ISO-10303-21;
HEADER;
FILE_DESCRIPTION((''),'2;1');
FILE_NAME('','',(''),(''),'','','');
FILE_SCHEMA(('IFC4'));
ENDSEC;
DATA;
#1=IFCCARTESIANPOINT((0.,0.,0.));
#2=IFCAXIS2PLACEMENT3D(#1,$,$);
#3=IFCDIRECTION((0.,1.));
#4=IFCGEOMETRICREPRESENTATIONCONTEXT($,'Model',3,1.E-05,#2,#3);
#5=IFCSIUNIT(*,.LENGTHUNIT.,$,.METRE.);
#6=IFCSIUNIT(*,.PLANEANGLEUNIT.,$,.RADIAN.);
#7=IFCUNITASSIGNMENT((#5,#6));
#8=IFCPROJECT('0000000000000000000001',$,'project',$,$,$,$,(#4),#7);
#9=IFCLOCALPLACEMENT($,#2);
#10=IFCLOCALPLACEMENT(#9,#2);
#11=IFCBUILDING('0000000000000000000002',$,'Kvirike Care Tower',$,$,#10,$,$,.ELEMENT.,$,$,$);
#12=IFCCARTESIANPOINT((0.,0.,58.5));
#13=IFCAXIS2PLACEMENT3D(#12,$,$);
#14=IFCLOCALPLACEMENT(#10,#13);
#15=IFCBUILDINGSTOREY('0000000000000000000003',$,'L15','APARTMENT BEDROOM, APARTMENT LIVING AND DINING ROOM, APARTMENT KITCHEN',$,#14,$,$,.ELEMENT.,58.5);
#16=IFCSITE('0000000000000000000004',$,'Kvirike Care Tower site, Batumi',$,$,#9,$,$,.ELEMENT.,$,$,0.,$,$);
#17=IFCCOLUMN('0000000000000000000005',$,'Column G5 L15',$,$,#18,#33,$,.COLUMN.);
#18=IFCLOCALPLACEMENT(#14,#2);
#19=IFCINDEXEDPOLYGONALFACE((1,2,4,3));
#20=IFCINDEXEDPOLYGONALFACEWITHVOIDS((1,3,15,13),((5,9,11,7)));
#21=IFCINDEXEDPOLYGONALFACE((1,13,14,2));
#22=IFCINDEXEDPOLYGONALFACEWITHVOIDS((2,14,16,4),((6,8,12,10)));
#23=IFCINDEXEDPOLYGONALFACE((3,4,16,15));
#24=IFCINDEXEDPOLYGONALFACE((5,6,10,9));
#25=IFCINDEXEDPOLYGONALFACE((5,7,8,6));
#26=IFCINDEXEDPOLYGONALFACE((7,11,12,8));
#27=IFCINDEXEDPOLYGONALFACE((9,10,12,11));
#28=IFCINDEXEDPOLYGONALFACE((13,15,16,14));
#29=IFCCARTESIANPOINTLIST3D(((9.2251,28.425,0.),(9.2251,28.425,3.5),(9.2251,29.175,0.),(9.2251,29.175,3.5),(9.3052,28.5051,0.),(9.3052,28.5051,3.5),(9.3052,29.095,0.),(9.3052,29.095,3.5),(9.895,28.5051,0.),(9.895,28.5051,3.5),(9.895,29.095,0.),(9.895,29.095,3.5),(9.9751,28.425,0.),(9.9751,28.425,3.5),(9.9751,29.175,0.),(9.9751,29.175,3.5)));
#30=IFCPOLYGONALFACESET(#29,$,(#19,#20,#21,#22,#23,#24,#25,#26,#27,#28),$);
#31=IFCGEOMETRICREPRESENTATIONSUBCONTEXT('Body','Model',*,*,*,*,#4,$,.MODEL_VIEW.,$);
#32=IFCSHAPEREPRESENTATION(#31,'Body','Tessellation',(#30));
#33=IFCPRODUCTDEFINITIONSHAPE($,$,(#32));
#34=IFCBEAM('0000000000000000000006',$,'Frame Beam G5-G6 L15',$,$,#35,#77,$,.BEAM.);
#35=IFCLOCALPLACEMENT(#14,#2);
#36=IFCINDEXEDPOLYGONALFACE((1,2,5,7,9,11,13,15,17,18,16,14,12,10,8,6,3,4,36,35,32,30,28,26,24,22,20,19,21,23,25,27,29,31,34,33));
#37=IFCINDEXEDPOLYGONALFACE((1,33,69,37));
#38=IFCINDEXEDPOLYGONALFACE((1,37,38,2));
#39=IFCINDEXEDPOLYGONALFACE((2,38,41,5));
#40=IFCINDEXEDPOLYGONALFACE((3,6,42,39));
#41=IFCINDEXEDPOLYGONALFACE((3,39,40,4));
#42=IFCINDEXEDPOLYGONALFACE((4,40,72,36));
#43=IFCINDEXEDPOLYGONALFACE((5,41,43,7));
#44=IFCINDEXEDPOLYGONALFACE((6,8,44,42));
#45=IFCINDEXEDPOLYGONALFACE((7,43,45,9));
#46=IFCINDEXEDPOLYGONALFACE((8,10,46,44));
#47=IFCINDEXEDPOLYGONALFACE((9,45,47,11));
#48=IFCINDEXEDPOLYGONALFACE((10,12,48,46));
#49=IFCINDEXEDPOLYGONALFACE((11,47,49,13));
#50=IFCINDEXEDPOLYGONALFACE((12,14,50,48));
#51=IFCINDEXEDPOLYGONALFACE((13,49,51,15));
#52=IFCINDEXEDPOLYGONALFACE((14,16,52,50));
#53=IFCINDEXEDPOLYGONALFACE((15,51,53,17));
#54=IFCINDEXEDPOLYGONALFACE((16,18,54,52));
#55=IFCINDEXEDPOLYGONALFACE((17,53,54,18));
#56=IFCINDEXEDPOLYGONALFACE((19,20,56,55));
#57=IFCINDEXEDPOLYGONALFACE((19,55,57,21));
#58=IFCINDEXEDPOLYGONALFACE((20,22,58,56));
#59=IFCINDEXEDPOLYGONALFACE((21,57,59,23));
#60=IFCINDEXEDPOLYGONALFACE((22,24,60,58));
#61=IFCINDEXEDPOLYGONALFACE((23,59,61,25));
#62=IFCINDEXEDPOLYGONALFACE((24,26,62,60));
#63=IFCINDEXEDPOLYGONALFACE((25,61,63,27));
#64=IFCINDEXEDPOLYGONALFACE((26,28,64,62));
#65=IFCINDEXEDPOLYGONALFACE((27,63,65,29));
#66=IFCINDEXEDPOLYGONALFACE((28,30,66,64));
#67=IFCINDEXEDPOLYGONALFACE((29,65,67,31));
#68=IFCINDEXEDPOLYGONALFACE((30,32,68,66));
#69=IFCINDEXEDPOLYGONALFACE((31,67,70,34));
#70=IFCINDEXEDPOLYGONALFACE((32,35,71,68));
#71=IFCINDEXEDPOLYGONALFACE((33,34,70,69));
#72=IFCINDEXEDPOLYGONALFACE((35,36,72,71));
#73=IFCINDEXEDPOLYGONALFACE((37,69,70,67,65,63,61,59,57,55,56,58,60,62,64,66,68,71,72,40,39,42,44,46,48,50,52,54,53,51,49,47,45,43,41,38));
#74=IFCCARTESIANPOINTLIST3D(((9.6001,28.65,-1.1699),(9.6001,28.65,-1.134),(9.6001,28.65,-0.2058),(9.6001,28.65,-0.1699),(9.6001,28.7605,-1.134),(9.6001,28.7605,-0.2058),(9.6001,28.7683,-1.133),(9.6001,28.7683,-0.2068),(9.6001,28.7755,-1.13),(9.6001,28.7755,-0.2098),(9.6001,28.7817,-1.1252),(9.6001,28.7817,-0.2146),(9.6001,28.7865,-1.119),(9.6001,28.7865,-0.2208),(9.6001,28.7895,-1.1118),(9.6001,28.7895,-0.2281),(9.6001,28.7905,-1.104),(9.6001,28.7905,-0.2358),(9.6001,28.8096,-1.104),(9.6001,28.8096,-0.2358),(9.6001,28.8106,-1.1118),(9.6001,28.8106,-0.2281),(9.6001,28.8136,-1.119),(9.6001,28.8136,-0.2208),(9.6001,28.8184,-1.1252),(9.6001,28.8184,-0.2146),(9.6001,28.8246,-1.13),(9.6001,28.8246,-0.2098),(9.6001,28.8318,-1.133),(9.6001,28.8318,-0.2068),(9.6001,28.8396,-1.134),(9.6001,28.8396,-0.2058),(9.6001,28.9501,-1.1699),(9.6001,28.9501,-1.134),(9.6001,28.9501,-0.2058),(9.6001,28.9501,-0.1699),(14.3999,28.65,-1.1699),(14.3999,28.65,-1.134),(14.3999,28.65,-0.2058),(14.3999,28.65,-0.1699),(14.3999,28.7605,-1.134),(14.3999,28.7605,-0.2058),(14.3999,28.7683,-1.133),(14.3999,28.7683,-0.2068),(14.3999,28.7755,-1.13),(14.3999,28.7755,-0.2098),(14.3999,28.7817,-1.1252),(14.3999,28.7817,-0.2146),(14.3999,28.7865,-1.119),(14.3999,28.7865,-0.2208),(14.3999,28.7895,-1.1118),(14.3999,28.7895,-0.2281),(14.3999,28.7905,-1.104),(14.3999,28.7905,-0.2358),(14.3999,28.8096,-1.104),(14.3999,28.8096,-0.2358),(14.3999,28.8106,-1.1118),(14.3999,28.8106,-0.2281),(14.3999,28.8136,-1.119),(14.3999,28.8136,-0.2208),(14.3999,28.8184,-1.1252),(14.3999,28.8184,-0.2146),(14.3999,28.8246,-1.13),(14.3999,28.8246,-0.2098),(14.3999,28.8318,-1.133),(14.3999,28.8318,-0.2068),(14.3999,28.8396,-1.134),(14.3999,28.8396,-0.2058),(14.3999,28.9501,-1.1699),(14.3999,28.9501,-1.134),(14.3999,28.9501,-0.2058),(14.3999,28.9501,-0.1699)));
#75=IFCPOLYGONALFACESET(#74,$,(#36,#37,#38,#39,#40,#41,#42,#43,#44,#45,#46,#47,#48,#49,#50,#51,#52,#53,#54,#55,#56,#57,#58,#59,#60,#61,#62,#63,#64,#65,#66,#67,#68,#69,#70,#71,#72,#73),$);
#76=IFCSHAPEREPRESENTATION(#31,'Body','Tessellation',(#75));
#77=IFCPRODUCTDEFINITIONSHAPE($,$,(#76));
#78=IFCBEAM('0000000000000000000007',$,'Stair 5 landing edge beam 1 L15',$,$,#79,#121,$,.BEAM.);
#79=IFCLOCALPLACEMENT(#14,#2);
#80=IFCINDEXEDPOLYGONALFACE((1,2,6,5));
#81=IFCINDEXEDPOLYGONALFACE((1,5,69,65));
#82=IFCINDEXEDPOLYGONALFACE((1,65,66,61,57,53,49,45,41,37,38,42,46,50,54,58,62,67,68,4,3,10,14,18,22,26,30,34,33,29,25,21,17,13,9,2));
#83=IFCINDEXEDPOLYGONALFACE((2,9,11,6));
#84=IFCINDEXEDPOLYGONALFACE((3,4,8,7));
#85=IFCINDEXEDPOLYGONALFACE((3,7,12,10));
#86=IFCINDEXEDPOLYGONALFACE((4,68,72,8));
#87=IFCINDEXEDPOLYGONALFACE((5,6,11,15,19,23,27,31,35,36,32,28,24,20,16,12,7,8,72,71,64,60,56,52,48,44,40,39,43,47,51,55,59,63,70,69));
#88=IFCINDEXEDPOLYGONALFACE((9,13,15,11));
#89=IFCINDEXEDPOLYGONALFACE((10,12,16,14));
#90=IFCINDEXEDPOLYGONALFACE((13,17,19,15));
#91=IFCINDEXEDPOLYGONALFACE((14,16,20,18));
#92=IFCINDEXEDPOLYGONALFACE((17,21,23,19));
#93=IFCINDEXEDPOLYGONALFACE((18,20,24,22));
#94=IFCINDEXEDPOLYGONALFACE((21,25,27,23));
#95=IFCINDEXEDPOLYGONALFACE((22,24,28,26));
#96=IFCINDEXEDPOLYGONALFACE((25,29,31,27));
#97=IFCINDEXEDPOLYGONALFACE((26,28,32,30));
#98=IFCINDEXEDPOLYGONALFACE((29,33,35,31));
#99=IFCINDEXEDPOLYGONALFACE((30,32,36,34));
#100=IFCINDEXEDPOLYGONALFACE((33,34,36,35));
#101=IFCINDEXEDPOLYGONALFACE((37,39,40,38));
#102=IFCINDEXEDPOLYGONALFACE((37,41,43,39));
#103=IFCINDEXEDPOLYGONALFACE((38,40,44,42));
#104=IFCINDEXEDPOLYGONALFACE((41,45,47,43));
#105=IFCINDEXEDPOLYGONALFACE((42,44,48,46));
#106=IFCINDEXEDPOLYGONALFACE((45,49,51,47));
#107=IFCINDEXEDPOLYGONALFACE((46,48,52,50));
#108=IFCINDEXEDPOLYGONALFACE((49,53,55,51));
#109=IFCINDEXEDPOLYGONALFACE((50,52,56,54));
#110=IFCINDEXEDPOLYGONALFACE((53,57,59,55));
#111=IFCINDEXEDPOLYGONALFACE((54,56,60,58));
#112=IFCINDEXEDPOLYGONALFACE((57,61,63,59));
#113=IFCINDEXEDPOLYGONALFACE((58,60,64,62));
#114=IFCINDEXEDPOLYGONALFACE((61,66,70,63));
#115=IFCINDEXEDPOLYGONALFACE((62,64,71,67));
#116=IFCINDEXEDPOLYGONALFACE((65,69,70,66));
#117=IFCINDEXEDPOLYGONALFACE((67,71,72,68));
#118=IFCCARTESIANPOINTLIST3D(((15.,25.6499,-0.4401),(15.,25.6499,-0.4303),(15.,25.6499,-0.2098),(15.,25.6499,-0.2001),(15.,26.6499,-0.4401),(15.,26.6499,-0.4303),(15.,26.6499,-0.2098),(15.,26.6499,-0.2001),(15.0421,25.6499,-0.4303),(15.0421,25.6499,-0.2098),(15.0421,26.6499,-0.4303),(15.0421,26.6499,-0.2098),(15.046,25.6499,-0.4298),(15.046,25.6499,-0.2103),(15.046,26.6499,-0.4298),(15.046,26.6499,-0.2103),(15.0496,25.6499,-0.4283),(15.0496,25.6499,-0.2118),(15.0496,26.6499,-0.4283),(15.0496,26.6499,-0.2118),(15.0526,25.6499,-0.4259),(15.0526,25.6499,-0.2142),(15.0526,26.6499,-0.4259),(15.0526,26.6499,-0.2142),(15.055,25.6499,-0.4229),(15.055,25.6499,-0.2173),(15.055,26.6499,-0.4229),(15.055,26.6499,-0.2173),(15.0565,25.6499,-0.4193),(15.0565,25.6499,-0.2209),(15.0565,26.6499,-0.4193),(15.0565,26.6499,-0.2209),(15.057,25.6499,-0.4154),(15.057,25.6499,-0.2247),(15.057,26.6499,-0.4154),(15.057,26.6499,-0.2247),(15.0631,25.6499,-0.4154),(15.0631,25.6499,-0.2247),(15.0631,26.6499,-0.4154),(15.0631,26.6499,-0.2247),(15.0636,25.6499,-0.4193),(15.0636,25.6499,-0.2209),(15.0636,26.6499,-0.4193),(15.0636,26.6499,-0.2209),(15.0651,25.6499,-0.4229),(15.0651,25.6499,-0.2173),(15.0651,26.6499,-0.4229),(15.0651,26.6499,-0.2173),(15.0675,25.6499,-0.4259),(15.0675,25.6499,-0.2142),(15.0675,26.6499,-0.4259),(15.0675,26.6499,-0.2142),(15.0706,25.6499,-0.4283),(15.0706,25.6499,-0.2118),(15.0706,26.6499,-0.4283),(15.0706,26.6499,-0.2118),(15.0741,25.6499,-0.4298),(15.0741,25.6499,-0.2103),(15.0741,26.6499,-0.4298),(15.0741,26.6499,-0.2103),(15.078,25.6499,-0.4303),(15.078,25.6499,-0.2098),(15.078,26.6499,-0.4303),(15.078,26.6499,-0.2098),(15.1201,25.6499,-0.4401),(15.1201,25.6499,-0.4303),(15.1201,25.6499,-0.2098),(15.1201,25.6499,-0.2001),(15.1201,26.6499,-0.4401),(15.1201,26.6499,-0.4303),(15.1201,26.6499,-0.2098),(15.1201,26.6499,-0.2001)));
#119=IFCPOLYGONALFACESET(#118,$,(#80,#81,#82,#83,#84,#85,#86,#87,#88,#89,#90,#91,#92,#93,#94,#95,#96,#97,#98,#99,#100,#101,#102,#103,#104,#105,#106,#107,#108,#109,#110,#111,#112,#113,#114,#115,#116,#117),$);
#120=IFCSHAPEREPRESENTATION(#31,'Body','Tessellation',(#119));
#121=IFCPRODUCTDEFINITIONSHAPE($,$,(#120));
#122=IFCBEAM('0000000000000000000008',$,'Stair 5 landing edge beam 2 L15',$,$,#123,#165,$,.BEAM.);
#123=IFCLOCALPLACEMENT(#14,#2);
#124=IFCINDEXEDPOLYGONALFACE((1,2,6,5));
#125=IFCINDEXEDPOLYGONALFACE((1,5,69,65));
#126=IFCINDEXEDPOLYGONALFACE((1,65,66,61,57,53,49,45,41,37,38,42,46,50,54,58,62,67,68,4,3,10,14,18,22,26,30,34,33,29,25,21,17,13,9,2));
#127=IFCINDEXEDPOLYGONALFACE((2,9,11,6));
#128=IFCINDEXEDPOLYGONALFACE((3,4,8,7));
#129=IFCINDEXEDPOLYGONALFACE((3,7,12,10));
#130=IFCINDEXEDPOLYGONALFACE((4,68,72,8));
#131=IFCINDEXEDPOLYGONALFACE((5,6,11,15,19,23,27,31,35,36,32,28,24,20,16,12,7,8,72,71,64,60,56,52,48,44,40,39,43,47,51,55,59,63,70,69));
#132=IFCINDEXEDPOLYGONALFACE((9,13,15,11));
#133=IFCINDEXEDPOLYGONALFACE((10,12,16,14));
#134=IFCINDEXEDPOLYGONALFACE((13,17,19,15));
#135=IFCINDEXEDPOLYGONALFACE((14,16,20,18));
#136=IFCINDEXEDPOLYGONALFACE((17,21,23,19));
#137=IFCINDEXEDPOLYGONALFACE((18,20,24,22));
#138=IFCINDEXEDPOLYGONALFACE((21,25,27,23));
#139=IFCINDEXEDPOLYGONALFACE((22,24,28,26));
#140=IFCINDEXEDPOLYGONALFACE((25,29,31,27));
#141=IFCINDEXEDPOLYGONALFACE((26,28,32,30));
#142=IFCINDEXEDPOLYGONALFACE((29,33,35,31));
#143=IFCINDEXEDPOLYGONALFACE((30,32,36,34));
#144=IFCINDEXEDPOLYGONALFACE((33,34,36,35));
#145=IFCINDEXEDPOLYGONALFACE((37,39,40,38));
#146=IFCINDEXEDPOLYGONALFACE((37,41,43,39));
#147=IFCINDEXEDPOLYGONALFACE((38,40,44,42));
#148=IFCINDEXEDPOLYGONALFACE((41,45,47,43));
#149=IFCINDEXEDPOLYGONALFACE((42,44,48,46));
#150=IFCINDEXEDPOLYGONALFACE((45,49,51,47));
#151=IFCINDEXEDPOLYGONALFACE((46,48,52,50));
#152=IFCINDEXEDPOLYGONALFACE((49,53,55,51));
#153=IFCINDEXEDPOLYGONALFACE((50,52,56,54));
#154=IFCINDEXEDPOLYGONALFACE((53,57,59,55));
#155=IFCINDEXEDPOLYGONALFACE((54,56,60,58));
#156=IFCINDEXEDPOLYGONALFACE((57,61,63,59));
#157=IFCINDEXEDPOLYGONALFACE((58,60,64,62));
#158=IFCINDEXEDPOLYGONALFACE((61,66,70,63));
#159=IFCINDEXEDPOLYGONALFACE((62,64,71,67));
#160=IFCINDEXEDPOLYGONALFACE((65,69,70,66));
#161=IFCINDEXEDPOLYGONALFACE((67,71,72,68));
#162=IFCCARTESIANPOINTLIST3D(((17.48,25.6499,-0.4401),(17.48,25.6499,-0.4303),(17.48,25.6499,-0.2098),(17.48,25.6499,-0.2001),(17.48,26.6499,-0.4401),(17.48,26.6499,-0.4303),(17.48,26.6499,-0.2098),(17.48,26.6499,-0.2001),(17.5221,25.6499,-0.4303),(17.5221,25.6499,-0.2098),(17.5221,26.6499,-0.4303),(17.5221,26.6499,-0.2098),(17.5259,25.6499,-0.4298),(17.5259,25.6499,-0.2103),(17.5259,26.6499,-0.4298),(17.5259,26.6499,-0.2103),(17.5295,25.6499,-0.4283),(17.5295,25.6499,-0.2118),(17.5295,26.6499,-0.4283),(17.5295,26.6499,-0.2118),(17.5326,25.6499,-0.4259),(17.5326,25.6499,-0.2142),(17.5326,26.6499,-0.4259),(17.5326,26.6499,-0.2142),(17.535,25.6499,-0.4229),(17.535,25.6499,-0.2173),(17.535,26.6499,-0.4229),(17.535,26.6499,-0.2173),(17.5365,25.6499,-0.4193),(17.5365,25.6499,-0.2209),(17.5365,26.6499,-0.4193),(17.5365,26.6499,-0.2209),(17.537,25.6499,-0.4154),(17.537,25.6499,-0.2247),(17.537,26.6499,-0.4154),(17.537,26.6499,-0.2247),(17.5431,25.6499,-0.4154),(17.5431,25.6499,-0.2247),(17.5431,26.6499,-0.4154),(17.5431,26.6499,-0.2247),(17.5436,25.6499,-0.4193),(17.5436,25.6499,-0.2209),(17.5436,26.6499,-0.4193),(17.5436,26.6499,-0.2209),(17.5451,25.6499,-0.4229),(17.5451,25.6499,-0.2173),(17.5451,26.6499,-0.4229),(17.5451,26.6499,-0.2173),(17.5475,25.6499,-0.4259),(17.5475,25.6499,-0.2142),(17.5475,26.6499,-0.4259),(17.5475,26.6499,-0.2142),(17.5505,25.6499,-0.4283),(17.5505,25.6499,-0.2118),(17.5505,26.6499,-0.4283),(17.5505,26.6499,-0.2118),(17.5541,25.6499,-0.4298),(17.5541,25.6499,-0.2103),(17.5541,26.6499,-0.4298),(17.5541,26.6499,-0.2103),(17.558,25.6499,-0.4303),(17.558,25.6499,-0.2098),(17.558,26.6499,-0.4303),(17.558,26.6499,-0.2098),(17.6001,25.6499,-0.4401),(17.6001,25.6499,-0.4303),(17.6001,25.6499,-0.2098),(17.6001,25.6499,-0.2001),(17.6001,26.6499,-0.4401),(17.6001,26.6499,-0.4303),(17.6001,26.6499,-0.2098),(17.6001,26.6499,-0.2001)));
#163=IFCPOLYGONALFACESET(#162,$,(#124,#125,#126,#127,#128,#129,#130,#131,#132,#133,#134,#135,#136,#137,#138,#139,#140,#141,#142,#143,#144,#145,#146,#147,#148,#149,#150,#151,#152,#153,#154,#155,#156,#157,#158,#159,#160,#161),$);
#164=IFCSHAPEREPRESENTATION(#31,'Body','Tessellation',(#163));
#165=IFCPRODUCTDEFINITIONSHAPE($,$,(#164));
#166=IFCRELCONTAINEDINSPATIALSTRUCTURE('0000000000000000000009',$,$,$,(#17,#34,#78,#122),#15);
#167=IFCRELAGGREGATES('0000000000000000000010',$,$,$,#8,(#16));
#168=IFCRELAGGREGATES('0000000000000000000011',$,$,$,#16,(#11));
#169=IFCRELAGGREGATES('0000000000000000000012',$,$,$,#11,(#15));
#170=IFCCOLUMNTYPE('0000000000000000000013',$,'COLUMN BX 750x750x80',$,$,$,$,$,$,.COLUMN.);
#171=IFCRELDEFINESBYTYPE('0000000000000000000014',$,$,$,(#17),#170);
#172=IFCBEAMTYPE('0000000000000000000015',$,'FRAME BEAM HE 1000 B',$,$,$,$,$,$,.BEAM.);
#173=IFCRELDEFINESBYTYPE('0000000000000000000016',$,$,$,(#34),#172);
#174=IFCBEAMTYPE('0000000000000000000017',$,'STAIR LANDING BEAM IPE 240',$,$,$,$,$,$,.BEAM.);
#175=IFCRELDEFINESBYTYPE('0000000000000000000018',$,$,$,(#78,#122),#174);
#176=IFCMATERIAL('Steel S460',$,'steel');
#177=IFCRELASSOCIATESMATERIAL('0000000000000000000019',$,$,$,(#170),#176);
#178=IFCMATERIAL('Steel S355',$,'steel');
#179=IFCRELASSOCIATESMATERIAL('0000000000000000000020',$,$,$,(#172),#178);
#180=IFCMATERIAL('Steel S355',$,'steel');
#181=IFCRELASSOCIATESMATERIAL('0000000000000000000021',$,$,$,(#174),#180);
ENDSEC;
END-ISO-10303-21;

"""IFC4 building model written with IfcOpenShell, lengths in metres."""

from ifc_helpers import new_model, si_unit, direction, frame, origin, origin_2d, place, context, subcontext, project, spatial, hollow_rectangle, i_section, extrude, material, material_profile, profile_set, type_object, element, save


model = new_model("IFC4")

# Units and contexts
model_context = context("Model", 3, precision=1e-05, world=origin(), true_north=direction((0.0, 1.0)))
body_context = subcontext(model_context, "Body", "Model", "MODEL_VIEW")
ifc_project = project(units=[si_unit("LENGTHUNIT", "METRE"), si_unit("PLANEANGLEUNIT", "RADIAN")], contexts=[model_context])

# Site, building, storey
site_placement = place(None, origin())
site = spatial("IfcSite", under=ifc_project, at=site_placement, Name="Kvirike Care Tower site, Batumi", CompositionType="ELEMENT", RefElevation=0.0)
building_placement = place(site_placement, origin())
building = spatial("IfcBuilding", under=site, at=building_placement, Name="Kvirike Care Tower", CompositionType="ELEMENT")
storey_placement = place(building_placement, frame((0.0, 0.0, 58.5)))
storey = spatial("IfcBuildingStorey", under=building, at=storey_placement, Name="L15", Description="APARTMENT BEDROOM, APARTMENT LIVING AND DINING ROOM, APARTMENT KITCHEN", CompositionType="ELEMENT", Elevation=58.5)

# Column
ifc_material_1 = material(Name="Steel S460", Category="steel")
ifc_material_profile_1 = material_profile(ifc_material_1, hollow_rectangle(XDim=0.75, YDim=0.75, WallThickness=0.0801, at=origin_2d()), Name="BX 750x750x80")
ifc_profile_set_1 = profile_set([ifc_material_profile_1], Name="Steel S460")
column_type = type_object("IfcColumnType", Name="COLUMN BX 750x750x80", PredefinedType="COLUMN", material=ifc_profile_set_1)
column_placement = place(storey_placement, frame((9.6001, 28.8, 0.0), z_axis=(0.0, 0.0, 1.0), x_axis=(0.0, 1.0, 0.0)))
element("IfcColumn", 1, at=column_placement, inside=storey, type_object=column_type, Name="Column G5 L15", PredefinedType="COLUMN", context=body_context, shape_type="SweptSolid", body=[
    extrude(hollow_rectangle(XDim=0.75, YDim=0.75, WallThickness=0.0801, at=origin_2d()), origin(), (0.0, 0.0, 1.0), 3.5),
])

# Beams
ifc_material_2 = material(Name="Steel S355", Category="steel")
ifc_material_profile_2 = material_profile(ifc_material_2, i_section(OverallWidth=0.3, OverallDepth=1.0, WebThickness=0.019, FlangeThickness=0.0359, FilletRadius=0.03, at=origin_2d()), Name="HE 1000 B")
ifc_profile_set_2 = profile_set([ifc_material_profile_2], Name="Steel S355")
beam_type_1 = type_object("IfcBeamType", Name="FRAME BEAM HE 1000 B", PredefinedType="BEAM", material=ifc_profile_set_2)
beam_placement = place(storey_placement, frame((9.6001, 28.8, -0.6699), z_axis=(1.0, 0.0, 0.0), x_axis=(0.0, 1.0, 0.0)))
element("IfcBeam", 2, at=beam_placement, inside=storey, type_object=beam_type_1, Name="Frame Beam G5-G6 L15", PredefinedType="BEAM", context=body_context, shape_type="SweptSolid", body=[
    extrude(i_section(OverallWidth=0.3, OverallDepth=1.0, WebThickness=0.019, FlangeThickness=0.0359, FilletRadius=0.03, at=origin_2d()), origin(), (0.0, 0.0, 1.0), 4.7998),
])
ifc_material_3 = material(Name="Steel S355", Category="steel")
ifc_material_profile_3 = material_profile(ifc_material_3, i_section(OverallWidth=0.1201, OverallDepth=0.24, WebThickness=0.0061, FlangeThickness=0.0098, FilletRadius=0.0149, at=origin_2d()), Name="IPE 240")
ifc_profile_set_3 = profile_set([ifc_material_profile_3], Name="Steel S355")
beam_type_2 = type_object("IfcBeamType", Name="STAIR LANDING BEAM IPE 240", PredefinedType="BEAM", material=ifc_profile_set_3)
for number, where, z_axis, x_axis, name in (
    (3, (15.0601, 25.6499, -0.3201), (0.0, 1.0, 0.0), (-1.0, 0.0, 0.0), "Stair 5 landing edge beam 1 L15"),
    (4, (17.54, 25.6499, -0.3201), (0.0, 1.0, 0.0), (-1.0, 0.0, 0.0), "Stair 5 landing edge beam 2 L15"),
):
    element("IfcBeam", number, at=place(storey_placement, frame(where, z_axis=z_axis, x_axis=x_axis)), inside=storey, type_object=beam_type_2, Name=name, PredefinedType="BEAM", context=body_context, shape_type="SweptSolid", body=[
        extrude(i_section(OverallWidth=0.1201, OverallDepth=0.24, WebThickness=0.0061, FlangeThickness=0.0098, FilletRadius=0.0149, at=origin_2d()), origin(), (0.0, 0.0, 1.0), 1.0),
    ])

save(model, "model.ifc")
